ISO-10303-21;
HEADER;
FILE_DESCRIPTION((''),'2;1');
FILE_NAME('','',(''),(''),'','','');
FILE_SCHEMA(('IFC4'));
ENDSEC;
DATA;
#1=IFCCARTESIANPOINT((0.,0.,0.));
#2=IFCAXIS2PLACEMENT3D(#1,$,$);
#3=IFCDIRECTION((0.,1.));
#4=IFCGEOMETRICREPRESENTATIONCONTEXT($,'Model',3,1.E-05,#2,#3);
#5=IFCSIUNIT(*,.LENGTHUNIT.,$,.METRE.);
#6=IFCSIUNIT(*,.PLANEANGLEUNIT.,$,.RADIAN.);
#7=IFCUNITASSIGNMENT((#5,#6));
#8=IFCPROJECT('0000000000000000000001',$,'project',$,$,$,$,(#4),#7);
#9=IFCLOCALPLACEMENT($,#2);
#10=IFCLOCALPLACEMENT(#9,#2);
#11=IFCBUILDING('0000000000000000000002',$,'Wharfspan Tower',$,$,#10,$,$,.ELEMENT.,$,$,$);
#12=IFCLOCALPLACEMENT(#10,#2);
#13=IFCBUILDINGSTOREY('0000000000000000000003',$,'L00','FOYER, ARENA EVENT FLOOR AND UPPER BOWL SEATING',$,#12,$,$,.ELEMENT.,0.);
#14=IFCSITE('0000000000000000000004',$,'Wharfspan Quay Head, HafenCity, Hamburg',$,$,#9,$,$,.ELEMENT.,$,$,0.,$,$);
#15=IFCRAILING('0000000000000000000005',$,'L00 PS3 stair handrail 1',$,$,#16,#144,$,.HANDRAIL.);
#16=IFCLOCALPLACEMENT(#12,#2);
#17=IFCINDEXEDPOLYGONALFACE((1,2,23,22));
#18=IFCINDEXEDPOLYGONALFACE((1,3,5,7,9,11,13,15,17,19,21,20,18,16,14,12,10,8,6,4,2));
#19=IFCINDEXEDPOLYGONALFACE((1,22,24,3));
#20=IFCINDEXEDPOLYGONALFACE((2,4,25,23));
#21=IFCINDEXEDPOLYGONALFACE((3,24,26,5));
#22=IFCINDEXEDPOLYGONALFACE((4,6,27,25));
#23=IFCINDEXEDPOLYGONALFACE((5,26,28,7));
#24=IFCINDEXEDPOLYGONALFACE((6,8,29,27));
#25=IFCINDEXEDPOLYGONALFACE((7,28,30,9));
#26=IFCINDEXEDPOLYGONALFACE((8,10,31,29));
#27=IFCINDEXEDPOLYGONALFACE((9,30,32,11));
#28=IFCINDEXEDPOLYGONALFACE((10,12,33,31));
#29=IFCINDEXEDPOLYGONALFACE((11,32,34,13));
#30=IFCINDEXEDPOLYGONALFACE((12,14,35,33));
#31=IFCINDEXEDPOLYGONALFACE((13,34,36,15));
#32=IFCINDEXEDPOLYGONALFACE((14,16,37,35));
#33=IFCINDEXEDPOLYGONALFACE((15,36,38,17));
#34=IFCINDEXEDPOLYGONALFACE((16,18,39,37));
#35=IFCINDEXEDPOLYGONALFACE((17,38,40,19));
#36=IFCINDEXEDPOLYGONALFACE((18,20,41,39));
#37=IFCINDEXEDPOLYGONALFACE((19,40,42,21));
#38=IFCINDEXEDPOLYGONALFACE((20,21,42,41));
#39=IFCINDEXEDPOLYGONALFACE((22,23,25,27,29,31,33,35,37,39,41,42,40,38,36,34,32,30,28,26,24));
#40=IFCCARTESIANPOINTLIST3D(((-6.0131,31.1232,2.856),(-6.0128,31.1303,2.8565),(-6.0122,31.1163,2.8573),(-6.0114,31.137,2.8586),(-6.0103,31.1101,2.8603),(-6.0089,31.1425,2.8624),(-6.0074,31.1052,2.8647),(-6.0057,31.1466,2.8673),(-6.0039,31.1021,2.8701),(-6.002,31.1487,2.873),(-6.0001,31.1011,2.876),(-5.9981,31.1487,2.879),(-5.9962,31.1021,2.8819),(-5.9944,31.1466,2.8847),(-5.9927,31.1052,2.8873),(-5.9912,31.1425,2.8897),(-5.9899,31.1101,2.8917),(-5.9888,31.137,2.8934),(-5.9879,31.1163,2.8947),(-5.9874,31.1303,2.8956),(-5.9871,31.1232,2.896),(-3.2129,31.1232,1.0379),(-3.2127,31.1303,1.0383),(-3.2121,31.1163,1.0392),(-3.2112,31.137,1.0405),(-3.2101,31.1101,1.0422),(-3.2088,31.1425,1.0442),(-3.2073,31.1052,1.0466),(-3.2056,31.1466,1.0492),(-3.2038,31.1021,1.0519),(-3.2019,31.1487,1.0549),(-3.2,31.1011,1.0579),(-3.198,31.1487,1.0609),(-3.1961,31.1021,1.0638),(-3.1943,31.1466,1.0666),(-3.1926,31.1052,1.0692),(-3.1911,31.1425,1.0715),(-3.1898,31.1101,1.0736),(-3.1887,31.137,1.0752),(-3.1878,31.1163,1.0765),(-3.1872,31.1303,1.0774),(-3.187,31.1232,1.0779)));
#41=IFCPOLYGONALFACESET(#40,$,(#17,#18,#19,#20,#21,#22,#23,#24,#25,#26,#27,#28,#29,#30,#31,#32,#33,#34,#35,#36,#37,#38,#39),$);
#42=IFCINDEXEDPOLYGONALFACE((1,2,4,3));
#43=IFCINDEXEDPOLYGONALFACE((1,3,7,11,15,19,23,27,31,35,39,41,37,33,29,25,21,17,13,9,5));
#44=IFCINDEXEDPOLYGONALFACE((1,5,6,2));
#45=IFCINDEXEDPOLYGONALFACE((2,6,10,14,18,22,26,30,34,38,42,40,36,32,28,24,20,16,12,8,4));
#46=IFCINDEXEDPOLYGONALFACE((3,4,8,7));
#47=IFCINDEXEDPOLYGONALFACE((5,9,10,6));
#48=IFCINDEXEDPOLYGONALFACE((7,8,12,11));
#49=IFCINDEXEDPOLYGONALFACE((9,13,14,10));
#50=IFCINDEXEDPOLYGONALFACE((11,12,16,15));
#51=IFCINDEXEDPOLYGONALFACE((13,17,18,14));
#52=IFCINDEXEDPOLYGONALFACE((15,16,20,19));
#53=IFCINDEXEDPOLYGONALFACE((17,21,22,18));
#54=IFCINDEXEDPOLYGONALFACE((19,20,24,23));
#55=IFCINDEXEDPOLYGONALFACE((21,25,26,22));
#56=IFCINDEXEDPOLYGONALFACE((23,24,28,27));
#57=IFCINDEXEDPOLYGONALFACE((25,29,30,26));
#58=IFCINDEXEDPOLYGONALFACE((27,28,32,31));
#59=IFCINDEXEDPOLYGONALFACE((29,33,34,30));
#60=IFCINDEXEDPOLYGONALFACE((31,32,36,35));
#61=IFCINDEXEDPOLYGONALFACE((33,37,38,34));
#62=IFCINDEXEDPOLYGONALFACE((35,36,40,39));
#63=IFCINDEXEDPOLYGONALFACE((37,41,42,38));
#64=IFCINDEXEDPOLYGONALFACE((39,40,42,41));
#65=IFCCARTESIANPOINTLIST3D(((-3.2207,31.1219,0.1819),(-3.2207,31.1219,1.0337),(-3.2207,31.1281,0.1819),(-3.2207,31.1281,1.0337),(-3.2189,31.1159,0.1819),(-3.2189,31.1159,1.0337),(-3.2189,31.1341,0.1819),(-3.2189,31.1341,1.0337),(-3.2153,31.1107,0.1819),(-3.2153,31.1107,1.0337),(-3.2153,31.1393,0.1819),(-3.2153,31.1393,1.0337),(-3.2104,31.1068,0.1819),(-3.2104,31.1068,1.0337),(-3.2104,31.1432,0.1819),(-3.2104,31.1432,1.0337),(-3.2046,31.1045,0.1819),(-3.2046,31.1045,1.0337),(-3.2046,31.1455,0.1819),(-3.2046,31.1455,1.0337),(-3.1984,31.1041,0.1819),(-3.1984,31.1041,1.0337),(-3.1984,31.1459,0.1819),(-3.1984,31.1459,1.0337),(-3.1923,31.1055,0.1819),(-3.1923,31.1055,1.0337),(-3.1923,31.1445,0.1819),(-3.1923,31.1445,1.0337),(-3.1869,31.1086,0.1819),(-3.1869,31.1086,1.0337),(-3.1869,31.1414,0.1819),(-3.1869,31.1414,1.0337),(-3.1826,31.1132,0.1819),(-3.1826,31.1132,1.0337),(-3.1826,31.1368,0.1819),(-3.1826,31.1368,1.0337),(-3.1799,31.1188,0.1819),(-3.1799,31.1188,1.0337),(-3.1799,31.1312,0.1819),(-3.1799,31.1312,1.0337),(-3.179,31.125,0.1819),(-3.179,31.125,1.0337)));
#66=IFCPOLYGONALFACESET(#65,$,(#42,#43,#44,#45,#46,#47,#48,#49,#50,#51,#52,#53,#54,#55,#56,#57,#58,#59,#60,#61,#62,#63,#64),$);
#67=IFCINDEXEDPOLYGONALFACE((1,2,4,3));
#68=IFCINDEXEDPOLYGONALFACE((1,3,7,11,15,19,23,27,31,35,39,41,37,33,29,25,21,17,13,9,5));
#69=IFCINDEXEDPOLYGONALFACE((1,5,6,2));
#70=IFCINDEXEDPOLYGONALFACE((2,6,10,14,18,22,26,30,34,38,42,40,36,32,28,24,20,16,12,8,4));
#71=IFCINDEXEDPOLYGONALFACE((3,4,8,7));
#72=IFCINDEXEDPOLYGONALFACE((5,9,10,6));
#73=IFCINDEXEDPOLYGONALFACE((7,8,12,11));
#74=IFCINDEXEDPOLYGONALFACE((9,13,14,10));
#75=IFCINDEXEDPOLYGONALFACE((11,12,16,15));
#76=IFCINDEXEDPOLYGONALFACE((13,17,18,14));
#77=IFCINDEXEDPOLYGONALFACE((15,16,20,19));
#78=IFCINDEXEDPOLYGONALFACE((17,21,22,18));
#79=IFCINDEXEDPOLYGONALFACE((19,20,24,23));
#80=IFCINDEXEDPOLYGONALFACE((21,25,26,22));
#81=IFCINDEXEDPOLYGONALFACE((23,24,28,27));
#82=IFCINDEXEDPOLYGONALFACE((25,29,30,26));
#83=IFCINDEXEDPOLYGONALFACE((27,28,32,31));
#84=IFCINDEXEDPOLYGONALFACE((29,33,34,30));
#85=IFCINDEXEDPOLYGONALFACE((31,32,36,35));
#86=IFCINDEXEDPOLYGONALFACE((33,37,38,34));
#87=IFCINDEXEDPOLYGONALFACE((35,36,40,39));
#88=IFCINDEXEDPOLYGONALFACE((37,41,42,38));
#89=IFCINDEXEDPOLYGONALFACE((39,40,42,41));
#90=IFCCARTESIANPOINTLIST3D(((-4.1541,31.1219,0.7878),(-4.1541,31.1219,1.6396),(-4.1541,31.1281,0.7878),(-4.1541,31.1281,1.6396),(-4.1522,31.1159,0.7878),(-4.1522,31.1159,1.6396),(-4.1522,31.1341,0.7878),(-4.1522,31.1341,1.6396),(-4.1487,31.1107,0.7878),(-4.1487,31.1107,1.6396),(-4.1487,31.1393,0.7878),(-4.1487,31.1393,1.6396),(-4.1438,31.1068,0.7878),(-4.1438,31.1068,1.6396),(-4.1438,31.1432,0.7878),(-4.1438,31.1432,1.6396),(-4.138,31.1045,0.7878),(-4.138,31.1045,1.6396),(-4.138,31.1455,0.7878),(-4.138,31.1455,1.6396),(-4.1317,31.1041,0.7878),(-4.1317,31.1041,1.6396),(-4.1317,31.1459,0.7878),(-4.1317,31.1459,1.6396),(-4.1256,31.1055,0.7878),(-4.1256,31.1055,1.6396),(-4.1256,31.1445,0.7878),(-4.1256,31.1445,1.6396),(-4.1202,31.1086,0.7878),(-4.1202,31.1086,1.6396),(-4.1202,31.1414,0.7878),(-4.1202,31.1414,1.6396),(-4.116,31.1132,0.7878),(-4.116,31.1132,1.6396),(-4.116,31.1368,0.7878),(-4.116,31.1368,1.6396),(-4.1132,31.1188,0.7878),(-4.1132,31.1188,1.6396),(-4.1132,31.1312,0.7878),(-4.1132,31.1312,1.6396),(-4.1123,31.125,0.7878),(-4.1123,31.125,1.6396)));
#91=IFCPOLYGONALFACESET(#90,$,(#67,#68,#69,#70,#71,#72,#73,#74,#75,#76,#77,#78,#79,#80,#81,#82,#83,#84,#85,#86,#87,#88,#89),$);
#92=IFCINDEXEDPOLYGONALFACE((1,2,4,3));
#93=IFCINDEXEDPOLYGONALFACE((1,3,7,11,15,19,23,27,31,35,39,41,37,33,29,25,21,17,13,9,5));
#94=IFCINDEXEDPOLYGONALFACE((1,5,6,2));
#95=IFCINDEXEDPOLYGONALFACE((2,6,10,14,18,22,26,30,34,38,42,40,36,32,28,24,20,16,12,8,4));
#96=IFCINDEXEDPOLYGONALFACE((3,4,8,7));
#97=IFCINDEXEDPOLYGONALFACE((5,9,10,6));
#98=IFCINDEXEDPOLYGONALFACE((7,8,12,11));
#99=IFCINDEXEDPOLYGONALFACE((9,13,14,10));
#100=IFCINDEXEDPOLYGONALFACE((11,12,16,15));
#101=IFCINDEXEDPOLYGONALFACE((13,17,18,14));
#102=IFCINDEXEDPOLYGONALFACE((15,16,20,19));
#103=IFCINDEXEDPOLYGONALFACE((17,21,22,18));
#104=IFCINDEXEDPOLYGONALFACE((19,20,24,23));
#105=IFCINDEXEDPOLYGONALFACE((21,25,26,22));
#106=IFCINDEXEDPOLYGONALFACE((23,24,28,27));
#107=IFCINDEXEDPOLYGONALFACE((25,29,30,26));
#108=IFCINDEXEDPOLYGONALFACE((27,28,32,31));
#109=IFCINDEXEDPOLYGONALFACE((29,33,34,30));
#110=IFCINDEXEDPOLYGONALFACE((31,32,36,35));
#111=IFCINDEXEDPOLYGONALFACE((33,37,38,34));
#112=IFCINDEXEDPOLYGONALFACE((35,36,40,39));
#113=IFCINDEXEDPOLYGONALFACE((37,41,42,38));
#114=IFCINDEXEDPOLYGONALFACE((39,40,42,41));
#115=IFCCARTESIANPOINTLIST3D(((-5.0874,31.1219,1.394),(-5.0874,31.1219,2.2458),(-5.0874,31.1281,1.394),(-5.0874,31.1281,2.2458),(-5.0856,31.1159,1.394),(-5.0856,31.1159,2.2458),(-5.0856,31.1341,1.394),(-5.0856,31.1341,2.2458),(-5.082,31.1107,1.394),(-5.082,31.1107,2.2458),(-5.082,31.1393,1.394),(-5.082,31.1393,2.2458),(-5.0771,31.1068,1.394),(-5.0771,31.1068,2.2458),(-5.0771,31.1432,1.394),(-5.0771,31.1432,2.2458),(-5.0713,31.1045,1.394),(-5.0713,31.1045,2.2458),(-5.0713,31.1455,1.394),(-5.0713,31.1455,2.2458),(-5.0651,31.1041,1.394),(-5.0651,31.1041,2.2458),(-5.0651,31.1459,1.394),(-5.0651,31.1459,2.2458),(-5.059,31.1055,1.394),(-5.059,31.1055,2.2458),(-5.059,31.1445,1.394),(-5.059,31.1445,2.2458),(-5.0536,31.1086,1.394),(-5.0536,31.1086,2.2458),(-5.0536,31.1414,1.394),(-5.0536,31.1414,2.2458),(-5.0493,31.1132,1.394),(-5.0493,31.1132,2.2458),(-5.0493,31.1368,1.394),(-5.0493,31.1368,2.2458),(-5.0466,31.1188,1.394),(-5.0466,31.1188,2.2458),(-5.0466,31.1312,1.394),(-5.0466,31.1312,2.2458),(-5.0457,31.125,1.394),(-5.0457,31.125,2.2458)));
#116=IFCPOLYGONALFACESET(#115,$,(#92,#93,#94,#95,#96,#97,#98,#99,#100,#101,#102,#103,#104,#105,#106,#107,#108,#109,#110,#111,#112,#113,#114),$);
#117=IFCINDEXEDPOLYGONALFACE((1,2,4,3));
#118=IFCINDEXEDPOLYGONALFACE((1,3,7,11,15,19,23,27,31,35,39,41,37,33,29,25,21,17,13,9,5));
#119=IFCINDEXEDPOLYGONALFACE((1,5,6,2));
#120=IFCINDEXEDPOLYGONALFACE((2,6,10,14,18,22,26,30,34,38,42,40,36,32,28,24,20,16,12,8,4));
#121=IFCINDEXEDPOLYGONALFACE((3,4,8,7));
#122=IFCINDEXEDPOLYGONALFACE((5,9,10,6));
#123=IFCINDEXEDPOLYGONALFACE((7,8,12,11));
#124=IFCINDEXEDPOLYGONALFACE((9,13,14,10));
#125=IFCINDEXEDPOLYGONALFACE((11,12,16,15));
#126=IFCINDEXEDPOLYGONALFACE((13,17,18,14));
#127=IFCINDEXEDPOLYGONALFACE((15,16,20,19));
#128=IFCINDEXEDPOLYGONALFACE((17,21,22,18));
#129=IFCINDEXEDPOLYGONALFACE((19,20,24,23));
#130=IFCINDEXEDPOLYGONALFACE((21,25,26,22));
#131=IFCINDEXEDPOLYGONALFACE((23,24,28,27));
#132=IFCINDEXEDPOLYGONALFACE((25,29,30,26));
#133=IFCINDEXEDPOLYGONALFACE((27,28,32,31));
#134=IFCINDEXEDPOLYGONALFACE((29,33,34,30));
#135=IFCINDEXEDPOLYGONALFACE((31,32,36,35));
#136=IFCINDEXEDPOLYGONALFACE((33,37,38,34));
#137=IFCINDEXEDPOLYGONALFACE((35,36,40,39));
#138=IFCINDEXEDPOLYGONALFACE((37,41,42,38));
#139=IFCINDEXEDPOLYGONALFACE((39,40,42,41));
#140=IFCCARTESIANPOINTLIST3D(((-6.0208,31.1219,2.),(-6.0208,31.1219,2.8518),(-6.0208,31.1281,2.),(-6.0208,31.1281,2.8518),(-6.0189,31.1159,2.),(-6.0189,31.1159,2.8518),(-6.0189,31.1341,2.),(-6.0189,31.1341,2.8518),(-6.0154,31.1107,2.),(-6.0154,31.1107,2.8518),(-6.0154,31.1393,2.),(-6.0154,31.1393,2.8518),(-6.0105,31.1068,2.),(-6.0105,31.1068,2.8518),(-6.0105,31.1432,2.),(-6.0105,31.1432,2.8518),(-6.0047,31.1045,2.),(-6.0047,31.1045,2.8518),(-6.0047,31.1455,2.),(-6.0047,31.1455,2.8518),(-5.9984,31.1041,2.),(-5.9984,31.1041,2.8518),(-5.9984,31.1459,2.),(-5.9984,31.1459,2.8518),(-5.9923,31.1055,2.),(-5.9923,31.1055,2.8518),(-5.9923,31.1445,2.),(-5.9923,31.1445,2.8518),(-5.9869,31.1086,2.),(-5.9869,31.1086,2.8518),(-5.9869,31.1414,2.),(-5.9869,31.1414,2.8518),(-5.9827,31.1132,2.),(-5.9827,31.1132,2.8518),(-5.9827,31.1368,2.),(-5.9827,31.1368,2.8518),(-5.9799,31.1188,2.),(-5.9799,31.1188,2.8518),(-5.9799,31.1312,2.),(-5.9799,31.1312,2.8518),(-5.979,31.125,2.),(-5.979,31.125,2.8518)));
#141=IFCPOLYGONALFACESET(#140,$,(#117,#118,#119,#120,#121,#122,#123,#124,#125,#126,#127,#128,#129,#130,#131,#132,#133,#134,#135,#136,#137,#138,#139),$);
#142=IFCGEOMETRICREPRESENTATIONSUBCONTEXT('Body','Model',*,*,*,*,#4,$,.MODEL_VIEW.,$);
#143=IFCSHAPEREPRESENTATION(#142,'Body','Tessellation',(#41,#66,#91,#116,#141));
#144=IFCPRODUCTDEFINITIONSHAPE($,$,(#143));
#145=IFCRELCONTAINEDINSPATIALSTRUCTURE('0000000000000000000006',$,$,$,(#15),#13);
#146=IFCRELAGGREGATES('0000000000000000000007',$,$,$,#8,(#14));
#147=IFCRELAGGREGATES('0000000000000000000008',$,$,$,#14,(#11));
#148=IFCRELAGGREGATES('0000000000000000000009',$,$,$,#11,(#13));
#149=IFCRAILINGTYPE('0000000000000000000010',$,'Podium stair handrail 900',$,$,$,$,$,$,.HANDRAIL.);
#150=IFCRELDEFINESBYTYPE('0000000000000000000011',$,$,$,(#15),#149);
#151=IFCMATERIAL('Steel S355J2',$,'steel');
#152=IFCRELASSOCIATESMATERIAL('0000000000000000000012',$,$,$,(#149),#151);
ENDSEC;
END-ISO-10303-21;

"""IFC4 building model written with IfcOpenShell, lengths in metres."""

from ifc_helpers import new_model, si_unit, direction, frame, origin, origin_2d, place, context, subcontext, project, spatial, circle, extrude, material, type_object, element, save


model = new_model("IFC4")

# Units and contexts
model_context = context("Model", 3, precision=1e-05, world=origin(), true_north=direction((0.0, 1.0)))
body_context = subcontext(model_context, "Body", "Model", "MODEL_VIEW")
ifc_project = project(units=[si_unit("LENGTHUNIT", "METRE"), si_unit("PLANEANGLEUNIT", "RADIAN")], contexts=[model_context])

# Site, building, storey
site_placement = place(None, origin())
site = spatial("IfcSite", under=ifc_project, at=site_placement, Name="Wharfspan Quay Head, HafenCity, Hamburg", CompositionType="ELEMENT", RefElevation=0.0)
building_placement = place(site_placement, origin())
building = spatial("IfcBuilding", under=site, at=building_placement, Name="Wharfspan Tower", CompositionType="ELEMENT")
storey_placement = place(building_placement, origin())
storey = spatial("IfcBuildingStorey", under=building, at=storey_placement, Name="L00", Description="FOYER, ARENA EVENT FLOOR AND UPPER BOWL SEATING", CompositionType="ELEMENT", Elevation=0.0)

# Shared definitions
ifc_material_1 = material(Name="Steel S355J2", Category="steel")

# Railing
railing_type = type_object("IfcRailingType", Name="Podium stair handrail 900", PredefinedType="HANDRAIL", material=ifc_material_1)
for number, where, name in (
    (1, (-3.2, 31.125, 0.1819), "L00 PS3 stair handrail 1"),
):
    element("IfcRailing", number, at=place(storey_placement, frame(where)), inside=storey, type_object=railing_type, Name=name, PredefinedType="HANDRAIL", context=body_context, shape_type="SweptSolid", body=[
        extrude(circle(Radius=0.0239, at=origin_2d()), frame((0.0, 0.0, 0.876), z_axis=(-0.838706, 0.0, 0.544585), x_axis=(0.0, -1.0, 0.0)), (0.0, 0.0, 1.0), 3.3386),
        extrude(circle(Radius=0.021, at=origin_2d()), origin(), (0.0, 0.0, 1.0), 0.8518),
        extrude(circle(Radius=0.021, at=origin_2d()), frame((-0.9334, 0.0, 0.606)), (0.0, 0.0, 1.0), 0.8518),
        extrude(circle(Radius=0.021, at=origin_2d()), frame((-1.8667, 0.0, 1.2122)), (0.0, 0.0, 1.0), 0.8518),
        extrude(circle(Radius=0.021, at=origin_2d()), frame((-2.8, 0.0, 1.8181)), (0.0, 0.0, 1.0), 0.8518),
    ])

save(model, "model.ifc")
